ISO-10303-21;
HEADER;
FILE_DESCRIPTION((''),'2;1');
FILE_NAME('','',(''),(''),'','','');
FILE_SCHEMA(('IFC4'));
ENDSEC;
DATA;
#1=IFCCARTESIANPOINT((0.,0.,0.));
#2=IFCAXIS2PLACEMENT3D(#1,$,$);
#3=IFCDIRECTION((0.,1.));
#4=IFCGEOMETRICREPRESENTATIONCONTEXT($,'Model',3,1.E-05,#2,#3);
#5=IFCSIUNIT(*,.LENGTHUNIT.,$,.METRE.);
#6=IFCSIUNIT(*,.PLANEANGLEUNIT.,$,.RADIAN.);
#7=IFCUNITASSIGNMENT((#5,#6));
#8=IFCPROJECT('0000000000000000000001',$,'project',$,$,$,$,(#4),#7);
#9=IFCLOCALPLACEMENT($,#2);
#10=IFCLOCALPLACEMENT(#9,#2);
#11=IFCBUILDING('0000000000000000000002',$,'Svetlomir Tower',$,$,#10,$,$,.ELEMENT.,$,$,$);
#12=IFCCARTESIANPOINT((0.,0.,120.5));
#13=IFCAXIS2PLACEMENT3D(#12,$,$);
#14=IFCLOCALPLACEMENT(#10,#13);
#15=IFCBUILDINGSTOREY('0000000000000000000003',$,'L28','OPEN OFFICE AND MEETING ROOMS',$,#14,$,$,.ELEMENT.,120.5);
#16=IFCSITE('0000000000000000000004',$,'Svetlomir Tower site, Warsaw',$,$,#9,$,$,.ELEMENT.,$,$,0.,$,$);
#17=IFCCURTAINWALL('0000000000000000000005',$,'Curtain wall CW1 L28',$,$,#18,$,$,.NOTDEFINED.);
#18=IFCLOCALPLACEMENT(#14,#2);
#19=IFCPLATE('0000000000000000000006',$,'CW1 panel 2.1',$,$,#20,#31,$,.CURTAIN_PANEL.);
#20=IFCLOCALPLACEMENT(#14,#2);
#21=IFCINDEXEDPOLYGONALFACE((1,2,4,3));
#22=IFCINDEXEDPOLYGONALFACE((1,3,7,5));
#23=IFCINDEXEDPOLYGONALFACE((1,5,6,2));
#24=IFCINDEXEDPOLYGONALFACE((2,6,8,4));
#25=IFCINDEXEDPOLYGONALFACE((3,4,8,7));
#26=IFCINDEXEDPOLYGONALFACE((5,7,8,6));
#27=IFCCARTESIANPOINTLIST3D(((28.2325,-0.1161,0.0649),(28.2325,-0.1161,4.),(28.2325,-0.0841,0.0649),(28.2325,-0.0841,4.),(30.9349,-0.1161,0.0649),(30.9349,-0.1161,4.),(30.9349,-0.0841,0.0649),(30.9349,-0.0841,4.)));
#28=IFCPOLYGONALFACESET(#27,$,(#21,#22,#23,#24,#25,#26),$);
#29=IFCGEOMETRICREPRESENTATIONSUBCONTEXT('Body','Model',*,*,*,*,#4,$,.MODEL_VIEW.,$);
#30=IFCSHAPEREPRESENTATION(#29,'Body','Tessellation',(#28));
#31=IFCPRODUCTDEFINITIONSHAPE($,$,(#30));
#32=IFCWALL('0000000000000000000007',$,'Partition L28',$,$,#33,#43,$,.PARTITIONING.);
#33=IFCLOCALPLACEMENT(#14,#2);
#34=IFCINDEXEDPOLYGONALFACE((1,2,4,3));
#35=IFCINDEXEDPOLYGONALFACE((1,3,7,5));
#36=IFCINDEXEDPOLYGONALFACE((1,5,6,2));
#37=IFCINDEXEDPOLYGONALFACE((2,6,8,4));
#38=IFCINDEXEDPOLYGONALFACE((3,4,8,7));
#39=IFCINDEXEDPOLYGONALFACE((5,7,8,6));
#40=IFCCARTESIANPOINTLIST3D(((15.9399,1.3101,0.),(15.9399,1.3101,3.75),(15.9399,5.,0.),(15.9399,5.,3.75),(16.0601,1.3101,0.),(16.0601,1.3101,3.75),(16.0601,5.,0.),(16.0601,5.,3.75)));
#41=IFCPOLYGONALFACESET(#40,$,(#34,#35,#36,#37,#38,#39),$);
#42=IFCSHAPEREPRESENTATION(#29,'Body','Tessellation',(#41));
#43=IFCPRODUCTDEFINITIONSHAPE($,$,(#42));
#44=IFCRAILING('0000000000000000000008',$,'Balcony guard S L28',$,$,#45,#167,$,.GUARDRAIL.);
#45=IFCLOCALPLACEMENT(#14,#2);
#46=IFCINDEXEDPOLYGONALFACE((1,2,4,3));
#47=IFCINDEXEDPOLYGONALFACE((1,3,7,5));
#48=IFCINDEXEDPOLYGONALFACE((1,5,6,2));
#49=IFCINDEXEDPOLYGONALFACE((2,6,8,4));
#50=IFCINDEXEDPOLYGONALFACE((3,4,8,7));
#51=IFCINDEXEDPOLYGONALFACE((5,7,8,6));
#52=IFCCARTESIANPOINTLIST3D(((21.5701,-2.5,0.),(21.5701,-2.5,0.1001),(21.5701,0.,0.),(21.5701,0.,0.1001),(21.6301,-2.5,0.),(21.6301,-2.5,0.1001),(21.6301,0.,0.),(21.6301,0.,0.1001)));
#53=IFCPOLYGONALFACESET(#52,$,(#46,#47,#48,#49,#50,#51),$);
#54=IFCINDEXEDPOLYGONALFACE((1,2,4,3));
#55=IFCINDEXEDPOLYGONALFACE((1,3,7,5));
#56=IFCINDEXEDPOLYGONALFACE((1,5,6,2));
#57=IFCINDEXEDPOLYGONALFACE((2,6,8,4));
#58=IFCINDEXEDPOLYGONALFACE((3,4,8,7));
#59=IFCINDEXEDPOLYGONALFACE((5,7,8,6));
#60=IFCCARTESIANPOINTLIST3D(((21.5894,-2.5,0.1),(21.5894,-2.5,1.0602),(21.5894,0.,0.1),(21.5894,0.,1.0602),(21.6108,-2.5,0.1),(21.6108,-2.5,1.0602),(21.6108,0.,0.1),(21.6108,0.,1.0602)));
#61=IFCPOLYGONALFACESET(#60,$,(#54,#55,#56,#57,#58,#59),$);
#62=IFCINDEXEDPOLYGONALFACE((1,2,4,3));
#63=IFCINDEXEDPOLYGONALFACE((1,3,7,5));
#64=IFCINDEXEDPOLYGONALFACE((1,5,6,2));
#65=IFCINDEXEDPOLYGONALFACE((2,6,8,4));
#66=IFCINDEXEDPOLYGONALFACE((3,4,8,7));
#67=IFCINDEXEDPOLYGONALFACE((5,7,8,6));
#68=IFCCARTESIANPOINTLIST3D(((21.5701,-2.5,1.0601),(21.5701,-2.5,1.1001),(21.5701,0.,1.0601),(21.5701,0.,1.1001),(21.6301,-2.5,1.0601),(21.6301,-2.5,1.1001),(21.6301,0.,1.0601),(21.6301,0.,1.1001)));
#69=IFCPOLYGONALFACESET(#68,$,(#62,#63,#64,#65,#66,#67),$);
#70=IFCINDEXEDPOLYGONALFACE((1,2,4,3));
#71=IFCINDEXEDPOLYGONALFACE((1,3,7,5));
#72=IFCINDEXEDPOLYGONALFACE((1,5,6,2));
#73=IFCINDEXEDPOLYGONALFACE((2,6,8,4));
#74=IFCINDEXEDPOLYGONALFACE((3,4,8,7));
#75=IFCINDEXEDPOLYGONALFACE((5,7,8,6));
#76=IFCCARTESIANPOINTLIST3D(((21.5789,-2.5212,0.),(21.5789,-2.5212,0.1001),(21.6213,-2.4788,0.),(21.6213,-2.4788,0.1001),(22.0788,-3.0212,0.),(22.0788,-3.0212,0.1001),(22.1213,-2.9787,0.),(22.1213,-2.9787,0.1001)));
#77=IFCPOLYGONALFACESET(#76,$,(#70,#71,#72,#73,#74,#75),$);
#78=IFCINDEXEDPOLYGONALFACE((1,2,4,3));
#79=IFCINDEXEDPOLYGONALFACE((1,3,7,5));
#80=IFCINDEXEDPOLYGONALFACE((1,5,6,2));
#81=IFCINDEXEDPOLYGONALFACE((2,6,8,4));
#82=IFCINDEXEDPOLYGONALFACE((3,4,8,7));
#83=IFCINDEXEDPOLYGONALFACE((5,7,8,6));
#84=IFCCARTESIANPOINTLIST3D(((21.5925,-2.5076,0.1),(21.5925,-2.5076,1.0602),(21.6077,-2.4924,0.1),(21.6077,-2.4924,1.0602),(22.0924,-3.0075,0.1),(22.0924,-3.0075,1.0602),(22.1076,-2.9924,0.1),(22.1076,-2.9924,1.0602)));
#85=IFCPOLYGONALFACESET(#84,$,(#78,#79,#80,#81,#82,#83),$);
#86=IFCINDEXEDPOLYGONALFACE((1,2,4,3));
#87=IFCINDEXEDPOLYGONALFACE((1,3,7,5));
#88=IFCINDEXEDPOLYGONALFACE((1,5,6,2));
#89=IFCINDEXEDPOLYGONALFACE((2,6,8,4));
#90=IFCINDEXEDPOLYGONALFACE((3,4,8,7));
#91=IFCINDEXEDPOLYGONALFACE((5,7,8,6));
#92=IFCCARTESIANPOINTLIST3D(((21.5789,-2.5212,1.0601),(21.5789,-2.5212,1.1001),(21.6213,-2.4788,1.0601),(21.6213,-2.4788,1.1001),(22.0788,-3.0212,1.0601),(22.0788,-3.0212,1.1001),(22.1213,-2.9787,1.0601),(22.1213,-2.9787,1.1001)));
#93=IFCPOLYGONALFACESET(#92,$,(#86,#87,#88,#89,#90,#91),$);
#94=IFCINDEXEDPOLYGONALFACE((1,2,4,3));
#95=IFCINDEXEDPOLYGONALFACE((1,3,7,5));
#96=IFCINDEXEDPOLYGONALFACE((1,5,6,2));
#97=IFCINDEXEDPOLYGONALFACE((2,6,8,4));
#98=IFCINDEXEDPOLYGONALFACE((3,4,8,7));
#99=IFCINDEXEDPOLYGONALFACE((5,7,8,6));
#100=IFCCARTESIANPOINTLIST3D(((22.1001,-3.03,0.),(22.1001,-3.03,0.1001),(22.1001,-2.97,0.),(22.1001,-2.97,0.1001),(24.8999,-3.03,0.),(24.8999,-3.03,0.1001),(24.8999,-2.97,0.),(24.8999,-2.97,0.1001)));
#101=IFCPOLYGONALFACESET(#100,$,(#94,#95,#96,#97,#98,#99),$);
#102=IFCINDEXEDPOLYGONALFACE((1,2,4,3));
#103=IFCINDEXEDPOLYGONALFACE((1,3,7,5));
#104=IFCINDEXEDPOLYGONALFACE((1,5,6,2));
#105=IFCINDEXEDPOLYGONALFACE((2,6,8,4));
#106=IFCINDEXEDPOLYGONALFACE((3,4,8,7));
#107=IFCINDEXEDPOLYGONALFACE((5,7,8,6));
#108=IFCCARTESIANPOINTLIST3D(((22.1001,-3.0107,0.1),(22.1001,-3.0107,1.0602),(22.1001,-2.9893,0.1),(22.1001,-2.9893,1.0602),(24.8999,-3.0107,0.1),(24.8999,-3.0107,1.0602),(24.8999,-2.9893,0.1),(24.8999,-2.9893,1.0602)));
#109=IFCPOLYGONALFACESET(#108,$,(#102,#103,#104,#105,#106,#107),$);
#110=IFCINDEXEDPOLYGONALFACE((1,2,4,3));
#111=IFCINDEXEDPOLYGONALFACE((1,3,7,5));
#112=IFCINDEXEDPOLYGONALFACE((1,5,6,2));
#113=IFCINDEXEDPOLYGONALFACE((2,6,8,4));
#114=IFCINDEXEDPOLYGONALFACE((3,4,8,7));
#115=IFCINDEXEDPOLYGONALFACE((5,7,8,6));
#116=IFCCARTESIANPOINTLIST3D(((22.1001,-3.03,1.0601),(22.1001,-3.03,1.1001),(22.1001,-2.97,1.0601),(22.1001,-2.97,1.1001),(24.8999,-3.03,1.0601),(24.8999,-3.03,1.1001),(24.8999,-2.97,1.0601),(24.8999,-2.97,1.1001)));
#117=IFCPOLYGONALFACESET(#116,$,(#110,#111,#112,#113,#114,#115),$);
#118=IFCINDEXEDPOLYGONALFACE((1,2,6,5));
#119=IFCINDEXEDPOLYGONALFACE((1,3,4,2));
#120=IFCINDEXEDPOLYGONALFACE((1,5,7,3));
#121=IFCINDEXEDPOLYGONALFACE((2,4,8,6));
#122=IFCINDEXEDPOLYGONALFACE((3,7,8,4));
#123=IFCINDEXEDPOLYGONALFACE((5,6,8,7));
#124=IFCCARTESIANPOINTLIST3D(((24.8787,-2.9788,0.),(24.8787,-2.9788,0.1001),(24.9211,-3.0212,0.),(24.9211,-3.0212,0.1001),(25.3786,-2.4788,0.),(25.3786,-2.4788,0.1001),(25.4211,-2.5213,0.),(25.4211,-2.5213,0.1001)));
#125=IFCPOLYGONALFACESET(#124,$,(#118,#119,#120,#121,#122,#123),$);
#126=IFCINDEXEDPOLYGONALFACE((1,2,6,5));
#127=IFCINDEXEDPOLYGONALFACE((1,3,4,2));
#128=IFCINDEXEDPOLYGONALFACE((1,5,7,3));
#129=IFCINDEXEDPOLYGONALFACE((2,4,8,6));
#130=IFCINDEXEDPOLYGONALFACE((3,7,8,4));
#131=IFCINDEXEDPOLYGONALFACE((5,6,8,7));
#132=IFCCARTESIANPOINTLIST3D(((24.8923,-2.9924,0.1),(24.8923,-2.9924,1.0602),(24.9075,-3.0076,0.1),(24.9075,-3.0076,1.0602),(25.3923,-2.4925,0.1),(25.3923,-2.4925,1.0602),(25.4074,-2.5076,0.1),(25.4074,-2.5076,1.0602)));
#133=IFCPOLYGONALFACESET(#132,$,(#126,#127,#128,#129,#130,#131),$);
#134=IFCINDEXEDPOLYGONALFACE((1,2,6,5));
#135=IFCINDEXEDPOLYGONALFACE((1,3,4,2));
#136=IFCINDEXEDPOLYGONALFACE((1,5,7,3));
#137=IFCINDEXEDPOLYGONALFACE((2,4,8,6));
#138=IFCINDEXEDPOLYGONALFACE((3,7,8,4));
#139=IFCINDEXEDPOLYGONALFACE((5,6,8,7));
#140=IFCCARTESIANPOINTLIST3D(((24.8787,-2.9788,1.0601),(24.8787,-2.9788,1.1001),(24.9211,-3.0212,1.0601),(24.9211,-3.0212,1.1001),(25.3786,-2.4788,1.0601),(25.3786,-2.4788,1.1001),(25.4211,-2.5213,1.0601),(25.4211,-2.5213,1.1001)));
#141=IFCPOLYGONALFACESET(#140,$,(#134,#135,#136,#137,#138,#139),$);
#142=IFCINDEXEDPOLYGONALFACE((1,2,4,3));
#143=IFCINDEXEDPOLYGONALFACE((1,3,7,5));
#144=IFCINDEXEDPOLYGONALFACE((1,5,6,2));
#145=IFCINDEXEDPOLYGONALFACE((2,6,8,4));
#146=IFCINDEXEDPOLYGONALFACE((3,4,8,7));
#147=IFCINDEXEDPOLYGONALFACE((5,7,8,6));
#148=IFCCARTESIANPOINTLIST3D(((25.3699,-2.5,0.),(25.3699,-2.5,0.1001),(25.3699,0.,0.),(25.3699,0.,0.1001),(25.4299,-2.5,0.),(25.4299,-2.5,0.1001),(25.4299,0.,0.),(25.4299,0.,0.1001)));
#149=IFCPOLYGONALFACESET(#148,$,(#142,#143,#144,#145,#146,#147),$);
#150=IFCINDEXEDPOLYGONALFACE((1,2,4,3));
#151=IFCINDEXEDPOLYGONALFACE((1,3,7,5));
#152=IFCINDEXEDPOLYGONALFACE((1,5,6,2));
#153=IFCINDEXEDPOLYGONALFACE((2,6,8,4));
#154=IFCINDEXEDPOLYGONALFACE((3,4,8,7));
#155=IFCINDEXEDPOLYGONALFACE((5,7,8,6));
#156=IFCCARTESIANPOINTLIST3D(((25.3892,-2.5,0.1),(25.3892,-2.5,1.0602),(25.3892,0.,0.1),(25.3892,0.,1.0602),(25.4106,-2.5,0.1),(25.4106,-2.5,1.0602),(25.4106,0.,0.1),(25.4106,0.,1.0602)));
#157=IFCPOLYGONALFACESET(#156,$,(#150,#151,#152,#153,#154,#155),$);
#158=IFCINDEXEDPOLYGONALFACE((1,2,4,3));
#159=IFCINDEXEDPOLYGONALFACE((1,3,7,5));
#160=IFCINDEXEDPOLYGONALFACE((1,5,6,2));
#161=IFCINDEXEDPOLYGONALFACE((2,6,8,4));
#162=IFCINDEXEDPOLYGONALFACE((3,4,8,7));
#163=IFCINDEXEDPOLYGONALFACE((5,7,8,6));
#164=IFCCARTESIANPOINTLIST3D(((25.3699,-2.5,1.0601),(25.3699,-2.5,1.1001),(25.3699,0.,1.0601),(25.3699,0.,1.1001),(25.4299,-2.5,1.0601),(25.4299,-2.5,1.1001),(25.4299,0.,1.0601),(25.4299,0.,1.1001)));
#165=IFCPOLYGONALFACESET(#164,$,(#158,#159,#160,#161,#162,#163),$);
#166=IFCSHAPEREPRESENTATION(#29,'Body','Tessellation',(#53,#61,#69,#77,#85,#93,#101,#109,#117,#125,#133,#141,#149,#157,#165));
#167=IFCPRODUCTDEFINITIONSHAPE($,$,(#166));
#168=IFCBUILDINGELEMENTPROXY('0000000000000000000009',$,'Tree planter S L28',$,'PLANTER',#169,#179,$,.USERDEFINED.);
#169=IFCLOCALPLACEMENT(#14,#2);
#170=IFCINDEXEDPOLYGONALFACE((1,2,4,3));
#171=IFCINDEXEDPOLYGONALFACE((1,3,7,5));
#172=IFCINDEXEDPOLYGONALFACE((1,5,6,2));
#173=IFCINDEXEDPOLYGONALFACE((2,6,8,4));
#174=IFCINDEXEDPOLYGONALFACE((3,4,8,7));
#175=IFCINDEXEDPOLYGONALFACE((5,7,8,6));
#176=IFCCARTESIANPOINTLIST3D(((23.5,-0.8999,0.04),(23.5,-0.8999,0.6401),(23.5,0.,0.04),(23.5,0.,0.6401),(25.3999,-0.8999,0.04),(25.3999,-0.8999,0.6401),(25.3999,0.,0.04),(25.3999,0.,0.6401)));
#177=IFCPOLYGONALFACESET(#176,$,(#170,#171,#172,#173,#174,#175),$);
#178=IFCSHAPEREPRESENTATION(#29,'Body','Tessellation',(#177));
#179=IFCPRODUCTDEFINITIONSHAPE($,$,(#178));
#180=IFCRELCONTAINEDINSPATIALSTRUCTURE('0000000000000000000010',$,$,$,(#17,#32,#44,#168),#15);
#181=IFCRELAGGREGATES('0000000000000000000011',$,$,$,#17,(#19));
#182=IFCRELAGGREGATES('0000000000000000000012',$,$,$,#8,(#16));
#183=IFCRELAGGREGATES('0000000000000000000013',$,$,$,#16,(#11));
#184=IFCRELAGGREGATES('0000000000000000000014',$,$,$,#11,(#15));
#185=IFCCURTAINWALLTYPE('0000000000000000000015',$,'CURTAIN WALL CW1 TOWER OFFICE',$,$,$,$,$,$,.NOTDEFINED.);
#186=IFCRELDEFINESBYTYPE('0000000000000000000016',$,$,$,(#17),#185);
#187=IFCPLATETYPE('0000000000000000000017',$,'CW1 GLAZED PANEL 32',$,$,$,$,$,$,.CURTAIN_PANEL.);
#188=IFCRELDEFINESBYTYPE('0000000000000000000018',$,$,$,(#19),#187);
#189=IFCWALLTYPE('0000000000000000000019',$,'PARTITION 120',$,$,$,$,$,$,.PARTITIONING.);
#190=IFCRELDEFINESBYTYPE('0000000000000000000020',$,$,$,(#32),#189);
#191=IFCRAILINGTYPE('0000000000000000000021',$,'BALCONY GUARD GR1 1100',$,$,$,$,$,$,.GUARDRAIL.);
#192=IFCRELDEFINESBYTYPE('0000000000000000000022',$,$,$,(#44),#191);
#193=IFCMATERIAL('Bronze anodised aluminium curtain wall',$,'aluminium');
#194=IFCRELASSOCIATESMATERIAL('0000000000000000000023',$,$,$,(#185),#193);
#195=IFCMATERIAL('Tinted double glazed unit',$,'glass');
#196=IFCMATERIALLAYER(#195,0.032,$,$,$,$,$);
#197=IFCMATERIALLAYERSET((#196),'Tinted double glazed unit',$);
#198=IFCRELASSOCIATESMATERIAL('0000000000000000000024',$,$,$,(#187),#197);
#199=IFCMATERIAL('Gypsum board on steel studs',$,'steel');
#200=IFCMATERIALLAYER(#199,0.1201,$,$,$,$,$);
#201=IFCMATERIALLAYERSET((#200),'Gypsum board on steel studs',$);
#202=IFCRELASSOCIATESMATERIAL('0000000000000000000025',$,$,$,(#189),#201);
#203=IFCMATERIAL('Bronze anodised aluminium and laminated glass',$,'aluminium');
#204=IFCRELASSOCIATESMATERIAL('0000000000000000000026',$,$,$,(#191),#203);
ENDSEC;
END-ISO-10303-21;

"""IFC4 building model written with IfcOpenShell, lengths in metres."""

from ifc_helpers import new_model, si_unit, direction, frame, frame_2d, origin, origin_2d, place, context, subcontext, project, spatial, rectangle, extrude, material, layer, layer_set, type_object, element, aggregate, save


model = new_model("IFC4")

# Units and contexts
model_context = context("Model", 3, precision=1e-05, world=origin(), true_north=direction((0.0, 1.0)))
body_context = subcontext(model_context, "Body", "Model", "MODEL_VIEW")
ifc_project = project(units=[si_unit("LENGTHUNIT", "METRE"), si_unit("PLANEANGLEUNIT", "RADIAN")], contexts=[model_context])

# Site, building, storey
site_placement = place(None, origin())
site = spatial("IfcSite", under=ifc_project, at=site_placement, Name="Svetlomir Tower site, Warsaw", CompositionType="ELEMENT", RefElevation=0.0)
building_placement = place(site_placement, origin())
building = spatial("IfcBuilding", under=site, at=building_placement, Name="Svetlomir Tower", CompositionType="ELEMENT")
storey_placement = place(building_placement, frame((0.0, 0.0, 120.5)))
storey = spatial("IfcBuildingStorey", under=building, at=storey_placement, Name="L28", Description="OPEN OFFICE AND MEETING ROOMS", CompositionType="ELEMENT", Elevation=120.5)

# Curtain wall
ifc_material_1 = material(Name="Bronze anodised aluminium curtain wall", Category="aluminium")
curtain_wall_type = type_object("IfcCurtainWallType", Name="CURTAIN WALL CW1 TOWER OFFICE", PredefinedType="NOTDEFINED", material=ifc_material_1)
curtain_wall_1_placement = place(storey_placement, origin())
curtain_wall_1 = element("IfcCurtainWall", 1, at=curtain_wall_1_placement, inside=storey, type_object=curtain_wall_type, Name="Curtain wall CW1 L28", PredefinedType="NOTDEFINED")

# Plate
ifc_material_2 = material(Name="Tinted double glazed unit", Category="glass")
ifc_layer_1 = layer(ifc_material_2, 0.032)
ifc_layer_set_1 = layer_set([ifc_layer_1], Name="Tinted double glazed unit")
plate_type = type_object("IfcPlateType", Name="CW1 GLAZED PANEL 32", PredefinedType="CURTAIN_PANEL", material=ifc_layer_set_1)
plate_1_placement = place(storey_placement, frame((29.5837, -0.1001, 0.0649), z_axis=(0.0, 0.0, 1.0), x_axis=(1.0, 0.0, 0.0)))
plate_1 = element("IfcPlate", 2, at=plate_1_placement, type_object=plate_type, Name="CW1 panel 2.1", PredefinedType="CURTAIN_PANEL", context=body_context, shape_type="SweptSolid", body=[
    extrude(rectangle(XDim=2.7024, YDim=0.032, at=origin_2d()), origin(), (0.0, 0.0, 1.0), 3.9351),
])
aggregate(curtain_wall_1, [plate_1])

# Wall
ifc_material_3 = material(Name="Gypsum board on steel studs", Category="steel")
ifc_layer_2 = layer(ifc_material_3, 0.1201)
ifc_layer_set_2 = layer_set([ifc_layer_2], Name="Gypsum board on steel studs")
wall_type_1 = type_object("IfcWallType", Name="PARTITION 120", PredefinedType="PARTITIONING", material=ifc_layer_set_2)
wall_1_placement = place(storey_placement, frame((16.0, 1.3101, 0.0), z_axis=(0.0, 0.0, 1.0), x_axis=(0.0, 1.0, 0.0)))
element("IfcWall", 3, at=wall_1_placement, inside=storey, type_object=wall_type_1, Name="Partition L28", PredefinedType="PARTITIONING", context=body_context, shape_type="SweptSolid", body=[
    extrude(rectangle(XDim=3.6899, YDim=0.1201, at=frame_2d((1.845, 0.0))), origin(), (0.0, 0.0, 1.0), 3.75),
])

# Railing
ifc_material_4 = material(Name="Bronze anodised aluminium and laminated glass", Category="aluminium")
railing_type = type_object("IfcRailingType", Name="BALCONY GUARD GR1 1100", PredefinedType="GUARDRAIL", material=ifc_material_4)
railing_placement = place(storey_placement, frame((21.6001, 0.0, 0.0)))
element("IfcRailing", 4, at=railing_placement, inside=storey, type_object=railing_type, Name="Balcony guard S L28", PredefinedType="GUARDRAIL", context=body_context, shape_type="SweptSolid", body=[
    extrude(rectangle(XDim=0.0601, YDim=0.1001, at=origin_2d()), frame((0.0, 0.0, 0.05), z_axis=(0.0, -1.0, 0.0), x_axis=(1.0, 0.0, 0.0)), (0.0, 0.0, 1.0), 2.5),
    extrude(rectangle(XDim=0.0215, YDim=0.9602, at=origin_2d()), frame((0.0, 0.0, 0.5801), z_axis=(0.0, -1.0, 0.0), x_axis=(1.0, 0.0, 0.0)), (0.0, 0.0, 1.0), 2.5),
    extrude(rectangle(XDim=0.0601, YDim=0.04, at=origin_2d()), frame((0.0, 0.0, 1.0801), z_axis=(0.0, -1.0, 0.0), x_axis=(1.0, 0.0, 0.0)), (0.0, 0.0, 1.0), 2.5),
    extrude(rectangle(XDim=0.0601, YDim=0.1001, at=origin_2d()), frame((0.0, -2.5, 0.05), z_axis=(0.707107, -0.707107, 0.0), x_axis=(0.707107, 0.707107, 0.0)), (0.0, 0.0, 1.0), 0.707),
    extrude(rectangle(XDim=0.0215, YDim=0.9602, at=origin_2d()), frame((0.0, -2.5, 0.5801), z_axis=(0.707107, -0.707107, 0.0), x_axis=(0.707107, 0.707107, 0.0)), (0.0, 0.0, 1.0), 0.707),
    extrude(rectangle(XDim=0.0601, YDim=0.04, at=origin_2d()), frame((0.0, -2.5, 1.0801), z_axis=(0.707107, -0.707107, 0.0), x_axis=(0.707107, 0.707107, 0.0)), (0.0, 0.0, 1.0), 0.707),
    extrude(rectangle(XDim=0.0601, YDim=0.1001, at=origin_2d()), frame((0.5, -3.0, 0.05), z_axis=(1.0, 0.0, 0.0), x_axis=(0.0, 1.0, 0.0)), (0.0, 0.0, 1.0), 2.7998),
    extrude(rectangle(XDim=0.0215, YDim=0.9602, at=origin_2d()), frame((0.5, -3.0, 0.5801), z_axis=(1.0, 0.0, 0.0), x_axis=(0.0, 1.0, 0.0)), (0.0, 0.0, 1.0), 2.7998),
    extrude(rectangle(XDim=0.0601, YDim=0.04, at=origin_2d()), frame((0.5, -3.0, 1.0801), z_axis=(1.0, 0.0, 0.0), x_axis=(0.0, 1.0, 0.0)), (0.0, 0.0, 1.0), 2.7998),
    extrude(rectangle(XDim=0.0601, YDim=0.1001, at=origin_2d()), frame((3.2998, -3.0, 0.05), z_axis=(0.707107, 0.707107, 0.0), x_axis=(-0.707107, 0.707107, 0.0)), (0.0, 0.0, 1.0), 0.707),
    extrude(rectangle(XDim=0.0215, YDim=0.9602, at=origin_2d()), frame((3.2998, -3.0, 0.5801), z_axis=(0.707107, 0.707107, 0.0), x_axis=(-0.707107, 0.707107, 0.0)), (0.0, 0.0, 1.0), 0.707),
    extrude(rectangle(XDim=0.0601, YDim=0.04, at=origin_2d()), frame((3.2998, -3.0, 1.0801), z_axis=(0.707107, 0.707107, 0.0), x_axis=(-0.707107, 0.707107, 0.0)), (0.0, 0.0, 1.0), 0.707),
    extrude(rectangle(XDim=0.0601, YDim=0.1001, at=origin_2d()), frame((3.7998, -2.5, 0.05), z_axis=(0.0, 1.0, 0.0), x_axis=(-1.0, 0.0, 0.0)), (0.0, 0.0, 1.0), 2.5),
    extrude(rectangle(XDim=0.0215, YDim=0.9602, at=origin_2d()), frame((3.7998, -2.5, 0.5801), z_axis=(0.0, 1.0, 0.0), x_axis=(-1.0, 0.0, 0.0)), (0.0, 0.0, 1.0), 2.5),
    extrude(rectangle(XDim=0.0601, YDim=0.04, at=origin_2d()), frame((3.7998, -2.5, 1.0801), z_axis=(0.0, 1.0, 0.0), x_axis=(-1.0, 0.0, 0.0)), (0.0, 0.0, 1.0), 2.5),
])

# Building element proxy
proxy_placement = place(storey_placement, frame((24.45, -0.45, 0.04), z_axis=(0.0, 0.0, 1.0), x_axis=(1.0, 0.0, 0.0)))
element("IfcBuildingElementProxy", 5, at=proxy_placement, inside=storey, Name="Tree planter S L28", ObjectType="PLANTER", PredefinedType="USERDEFINED", context=body_context, shape_type="SweptSolid", body=[
    extrude(rectangle(XDim=1.8999, YDim=0.8999, at=origin_2d()), origin(), (0.0, 0.0, 1.0), 0.6001),
])

save(model, "model.ifc")
